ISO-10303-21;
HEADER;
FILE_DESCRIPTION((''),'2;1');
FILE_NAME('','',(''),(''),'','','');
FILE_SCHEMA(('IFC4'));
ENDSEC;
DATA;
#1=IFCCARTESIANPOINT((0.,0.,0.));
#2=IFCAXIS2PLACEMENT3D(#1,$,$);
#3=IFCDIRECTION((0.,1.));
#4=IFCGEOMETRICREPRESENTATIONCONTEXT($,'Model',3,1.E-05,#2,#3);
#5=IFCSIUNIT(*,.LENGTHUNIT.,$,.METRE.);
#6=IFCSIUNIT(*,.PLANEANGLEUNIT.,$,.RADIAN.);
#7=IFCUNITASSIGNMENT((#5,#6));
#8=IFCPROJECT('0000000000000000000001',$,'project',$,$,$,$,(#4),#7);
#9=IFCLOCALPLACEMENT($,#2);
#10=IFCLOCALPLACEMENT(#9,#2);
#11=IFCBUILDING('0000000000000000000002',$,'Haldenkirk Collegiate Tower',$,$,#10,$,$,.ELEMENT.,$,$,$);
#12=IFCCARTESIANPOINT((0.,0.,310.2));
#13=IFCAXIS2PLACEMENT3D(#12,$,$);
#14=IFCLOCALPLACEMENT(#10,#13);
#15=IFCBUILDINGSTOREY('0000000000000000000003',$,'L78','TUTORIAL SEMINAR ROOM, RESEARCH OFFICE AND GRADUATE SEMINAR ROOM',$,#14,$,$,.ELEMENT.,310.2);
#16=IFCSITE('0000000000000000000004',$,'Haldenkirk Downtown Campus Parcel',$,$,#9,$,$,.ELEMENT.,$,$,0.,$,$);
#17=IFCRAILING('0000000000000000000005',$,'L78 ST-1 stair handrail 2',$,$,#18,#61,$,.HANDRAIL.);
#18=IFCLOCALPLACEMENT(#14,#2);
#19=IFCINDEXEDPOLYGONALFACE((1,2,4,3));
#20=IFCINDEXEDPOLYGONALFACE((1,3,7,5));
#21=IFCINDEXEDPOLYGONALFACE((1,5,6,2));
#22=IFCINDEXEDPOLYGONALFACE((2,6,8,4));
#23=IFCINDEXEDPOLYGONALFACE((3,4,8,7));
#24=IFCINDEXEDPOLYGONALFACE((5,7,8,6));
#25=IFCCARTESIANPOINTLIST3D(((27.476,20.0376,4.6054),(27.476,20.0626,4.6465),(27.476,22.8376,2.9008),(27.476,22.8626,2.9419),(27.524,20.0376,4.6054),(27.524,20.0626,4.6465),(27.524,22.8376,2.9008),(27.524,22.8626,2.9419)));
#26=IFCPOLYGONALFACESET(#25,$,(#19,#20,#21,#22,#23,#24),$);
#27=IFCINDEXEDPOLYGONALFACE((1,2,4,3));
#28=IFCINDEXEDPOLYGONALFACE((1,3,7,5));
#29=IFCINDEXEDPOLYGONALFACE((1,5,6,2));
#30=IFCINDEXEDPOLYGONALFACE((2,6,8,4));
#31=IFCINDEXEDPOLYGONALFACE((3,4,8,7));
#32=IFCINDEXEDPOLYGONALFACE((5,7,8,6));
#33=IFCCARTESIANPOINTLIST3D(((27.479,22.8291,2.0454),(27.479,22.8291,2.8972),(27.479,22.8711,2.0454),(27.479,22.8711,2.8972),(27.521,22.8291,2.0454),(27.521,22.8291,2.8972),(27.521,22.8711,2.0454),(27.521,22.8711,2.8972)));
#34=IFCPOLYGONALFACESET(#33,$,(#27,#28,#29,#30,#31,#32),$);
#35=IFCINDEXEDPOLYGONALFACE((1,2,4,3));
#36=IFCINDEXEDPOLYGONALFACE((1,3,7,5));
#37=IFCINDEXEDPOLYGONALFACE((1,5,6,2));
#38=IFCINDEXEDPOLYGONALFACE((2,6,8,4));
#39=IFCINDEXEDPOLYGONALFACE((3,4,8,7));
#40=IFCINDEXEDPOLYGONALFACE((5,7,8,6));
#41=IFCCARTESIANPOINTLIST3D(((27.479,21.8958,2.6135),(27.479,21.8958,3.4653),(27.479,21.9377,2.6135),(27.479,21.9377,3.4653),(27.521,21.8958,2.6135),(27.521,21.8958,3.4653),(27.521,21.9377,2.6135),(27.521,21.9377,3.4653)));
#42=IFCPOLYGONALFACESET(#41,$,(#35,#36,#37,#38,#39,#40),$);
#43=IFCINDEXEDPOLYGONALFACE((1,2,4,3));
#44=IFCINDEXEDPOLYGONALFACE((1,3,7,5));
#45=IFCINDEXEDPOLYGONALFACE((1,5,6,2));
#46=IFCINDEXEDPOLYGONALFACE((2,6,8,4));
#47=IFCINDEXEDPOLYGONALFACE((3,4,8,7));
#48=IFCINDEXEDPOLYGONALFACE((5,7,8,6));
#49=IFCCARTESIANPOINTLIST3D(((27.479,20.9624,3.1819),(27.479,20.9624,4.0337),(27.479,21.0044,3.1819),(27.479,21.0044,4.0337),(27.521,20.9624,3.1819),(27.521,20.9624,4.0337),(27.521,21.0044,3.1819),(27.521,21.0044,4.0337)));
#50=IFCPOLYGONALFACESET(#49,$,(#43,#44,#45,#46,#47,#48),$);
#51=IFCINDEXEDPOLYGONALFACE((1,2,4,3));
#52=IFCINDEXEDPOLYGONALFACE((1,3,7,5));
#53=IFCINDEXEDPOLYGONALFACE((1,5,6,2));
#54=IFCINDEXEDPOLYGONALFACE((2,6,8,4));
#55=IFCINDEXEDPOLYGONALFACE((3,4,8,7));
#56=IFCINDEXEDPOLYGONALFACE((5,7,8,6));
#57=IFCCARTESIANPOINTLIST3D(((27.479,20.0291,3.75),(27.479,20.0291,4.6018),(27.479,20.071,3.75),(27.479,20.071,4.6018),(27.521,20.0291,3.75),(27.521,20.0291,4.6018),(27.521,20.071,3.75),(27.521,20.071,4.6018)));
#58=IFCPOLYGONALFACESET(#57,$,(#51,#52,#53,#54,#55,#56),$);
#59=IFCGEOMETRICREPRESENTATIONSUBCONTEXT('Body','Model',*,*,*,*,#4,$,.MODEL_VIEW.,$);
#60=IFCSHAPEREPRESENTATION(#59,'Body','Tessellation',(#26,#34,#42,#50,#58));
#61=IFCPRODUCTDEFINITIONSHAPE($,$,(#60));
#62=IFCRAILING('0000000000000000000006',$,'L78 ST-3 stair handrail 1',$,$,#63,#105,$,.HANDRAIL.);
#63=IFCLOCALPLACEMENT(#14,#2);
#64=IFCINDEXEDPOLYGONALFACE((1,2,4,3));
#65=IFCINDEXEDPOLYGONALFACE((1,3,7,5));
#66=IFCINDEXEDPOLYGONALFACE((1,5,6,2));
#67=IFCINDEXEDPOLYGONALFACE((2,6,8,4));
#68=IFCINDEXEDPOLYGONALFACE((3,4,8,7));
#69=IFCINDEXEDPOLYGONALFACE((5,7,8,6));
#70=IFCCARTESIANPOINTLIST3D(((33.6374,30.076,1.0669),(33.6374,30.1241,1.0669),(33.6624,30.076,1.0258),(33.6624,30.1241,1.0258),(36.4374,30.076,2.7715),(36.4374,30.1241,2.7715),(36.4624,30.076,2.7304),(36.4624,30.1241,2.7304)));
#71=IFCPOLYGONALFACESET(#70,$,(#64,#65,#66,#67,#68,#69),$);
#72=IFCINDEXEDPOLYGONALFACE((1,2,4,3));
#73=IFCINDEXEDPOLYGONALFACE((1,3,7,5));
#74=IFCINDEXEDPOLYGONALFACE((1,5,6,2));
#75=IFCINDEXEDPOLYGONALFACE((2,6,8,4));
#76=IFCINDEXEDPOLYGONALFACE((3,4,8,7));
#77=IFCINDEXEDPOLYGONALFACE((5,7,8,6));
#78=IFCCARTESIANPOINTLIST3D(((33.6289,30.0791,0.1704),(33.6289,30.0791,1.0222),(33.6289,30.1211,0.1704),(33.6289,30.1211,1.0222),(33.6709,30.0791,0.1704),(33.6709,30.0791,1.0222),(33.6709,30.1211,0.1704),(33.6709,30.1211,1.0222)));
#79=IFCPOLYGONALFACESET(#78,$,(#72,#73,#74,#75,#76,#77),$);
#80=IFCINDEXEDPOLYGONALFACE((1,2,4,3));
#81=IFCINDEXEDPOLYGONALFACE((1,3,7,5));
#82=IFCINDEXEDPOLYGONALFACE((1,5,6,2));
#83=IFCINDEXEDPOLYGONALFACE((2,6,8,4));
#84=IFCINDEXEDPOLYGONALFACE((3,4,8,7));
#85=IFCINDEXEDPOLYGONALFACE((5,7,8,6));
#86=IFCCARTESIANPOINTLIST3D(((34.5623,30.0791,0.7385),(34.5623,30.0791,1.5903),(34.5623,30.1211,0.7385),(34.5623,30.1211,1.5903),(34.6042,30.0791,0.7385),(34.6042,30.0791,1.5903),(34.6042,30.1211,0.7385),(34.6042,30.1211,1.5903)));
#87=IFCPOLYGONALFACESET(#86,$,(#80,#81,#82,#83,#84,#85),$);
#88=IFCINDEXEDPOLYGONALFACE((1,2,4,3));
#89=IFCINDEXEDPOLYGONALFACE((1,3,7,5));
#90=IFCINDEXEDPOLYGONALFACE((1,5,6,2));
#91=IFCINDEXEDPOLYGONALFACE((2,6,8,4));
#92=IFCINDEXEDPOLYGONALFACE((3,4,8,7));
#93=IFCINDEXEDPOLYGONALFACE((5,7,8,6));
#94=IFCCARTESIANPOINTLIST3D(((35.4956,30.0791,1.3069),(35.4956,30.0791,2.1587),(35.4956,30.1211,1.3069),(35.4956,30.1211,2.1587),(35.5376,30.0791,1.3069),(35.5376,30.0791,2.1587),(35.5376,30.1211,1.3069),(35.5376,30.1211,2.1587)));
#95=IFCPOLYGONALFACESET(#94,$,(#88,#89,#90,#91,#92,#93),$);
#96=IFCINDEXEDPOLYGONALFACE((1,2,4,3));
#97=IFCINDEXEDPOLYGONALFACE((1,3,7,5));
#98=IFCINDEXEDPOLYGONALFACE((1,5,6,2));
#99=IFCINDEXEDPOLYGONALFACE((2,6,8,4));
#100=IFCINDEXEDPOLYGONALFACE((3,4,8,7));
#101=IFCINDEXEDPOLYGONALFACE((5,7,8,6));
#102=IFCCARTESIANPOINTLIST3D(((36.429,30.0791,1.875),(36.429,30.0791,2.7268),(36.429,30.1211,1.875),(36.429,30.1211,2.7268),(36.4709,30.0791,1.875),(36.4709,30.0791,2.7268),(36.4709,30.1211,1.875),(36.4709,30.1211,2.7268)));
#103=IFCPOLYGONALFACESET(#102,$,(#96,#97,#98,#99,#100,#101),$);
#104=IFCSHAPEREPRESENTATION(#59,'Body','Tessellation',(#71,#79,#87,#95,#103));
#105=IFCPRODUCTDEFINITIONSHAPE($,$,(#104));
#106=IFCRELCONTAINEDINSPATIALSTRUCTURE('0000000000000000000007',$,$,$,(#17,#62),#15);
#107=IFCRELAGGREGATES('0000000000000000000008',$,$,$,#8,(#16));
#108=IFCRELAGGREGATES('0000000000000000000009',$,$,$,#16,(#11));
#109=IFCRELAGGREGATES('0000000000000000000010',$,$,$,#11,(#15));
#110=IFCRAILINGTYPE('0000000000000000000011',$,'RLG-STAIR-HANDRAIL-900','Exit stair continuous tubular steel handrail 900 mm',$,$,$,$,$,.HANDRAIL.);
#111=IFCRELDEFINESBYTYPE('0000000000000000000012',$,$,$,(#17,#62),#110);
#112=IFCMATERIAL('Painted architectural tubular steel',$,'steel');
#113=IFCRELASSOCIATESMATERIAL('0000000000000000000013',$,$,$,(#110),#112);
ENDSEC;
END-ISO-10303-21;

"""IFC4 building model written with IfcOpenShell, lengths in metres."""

from ifc_helpers import new_model, si_unit, direction, frame, origin, origin_2d, place, context, subcontext, project, spatial, rectangle, extrude, material, type_object, element, save


model = new_model("IFC4")

# Units and contexts
model_context = context("Model", 3, precision=1e-05, world=origin(), true_north=direction((0.0, 1.0)))
body_context = subcontext(model_context, "Body", "Model", "MODEL_VIEW")
ifc_project = project(units=[si_unit("LENGTHUNIT", "METRE"), si_unit("PLANEANGLEUNIT", "RADIAN")], contexts=[model_context])

# Site, building, storey
site_placement = place(None, origin())
site = spatial("IfcSite", under=ifc_project, at=site_placement, Name="Haldenkirk Downtown Campus Parcel", CompositionType="ELEMENT", RefElevation=0.0)
building_placement = place(site_placement, origin())
building = spatial("IfcBuilding", under=site, at=building_placement, Name="Haldenkirk Collegiate Tower", CompositionType="ELEMENT")
storey_placement = place(building_placement, frame((0.0, 0.0, 310.2)))
storey = spatial("IfcBuildingStorey", under=building, at=storey_placement, Name="L78", Description="TUTORIAL SEMINAR ROOM, RESEARCH OFFICE AND GRADUATE SEMINAR ROOM", CompositionType="ELEMENT", Elevation=310.2)

# Railings
ifc_material_1 = material(Name="Painted architectural tubular steel", Category="steel")
railing_type_1 = type_object("IfcRailingType", Name="RLG-STAIR-HANDRAIL-900", Description="Exit stair continuous tubular steel handrail 900 mm", PredefinedType="HANDRAIL", material=ifc_material_1)
railing_1_placement = place(storey_placement, frame((27.5, 22.8501, 2.0454)))
element("IfcRailing", 1, at=railing_1_placement, inside=storey, type_object=railing_type_1, Name="L78 ST-1 stair handrail 2", PredefinedType="HANDRAIL", context=body_context, shape_type="SweptSolid", body=[
    extrude(rectangle(XDim=0.0481, YDim=0.0481, at=origin_2d()), frame((0.0, 0.0, 0.876), z_axis=(0.0, -0.85417, 0.519994), x_axis=(1.0, 0.0, 0.0)), (0.0, 0.0, 1.0), 3.2781),
    extrude(rectangle(XDim=0.042, YDim=0.042, at=origin_2d()), origin(), (0.0, 0.0, 1.0), 0.8518),
    extrude(rectangle(XDim=0.042, YDim=0.042, at=origin_2d()), frame((0.0, -0.9333, 0.5681)), (0.0, 0.0, 1.0), 0.8518),
    extrude(rectangle(XDim=0.042, YDim=0.042, at=origin_2d()), frame((0.0, -1.8667, 1.1365)), (0.0, 0.0, 1.0), 0.8518),
    extrude(rectangle(XDim=0.042, YDim=0.042, at=origin_2d()), frame((0.0, -2.8, 1.7046)), (0.0, 0.0, 1.0), 0.8518),
])
railing_2_placement = place(storey_placement, frame((33.6499, 30.1001, 0.1704)))
element("IfcRailing", 2, at=railing_2_placement, inside=storey, type_object=railing_type_1, Name="L78 ST-3 stair handrail 1", PredefinedType="HANDRAIL", context=body_context, shape_type="SweptSolid", body=[
    extrude(rectangle(XDim=0.0481, YDim=0.0481, at=origin_2d()), frame((0.0, 0.0, 0.876), z_axis=(0.85417, 0.0, 0.519994), x_axis=(0.0, 1.0, 0.0)), (0.0, 0.0, 1.0), 3.2781),
    extrude(rectangle(XDim=0.042, YDim=0.042, at=origin_2d()), origin(), (0.0, 0.0, 1.0), 0.8518),
    extrude(rectangle(XDim=0.042, YDim=0.042, at=origin_2d()), frame((0.9333, 0.0, 0.5681)), (0.0, 0.0, 1.0), 0.8518),
    extrude(rectangle(XDim=0.042, YDim=0.042, at=origin_2d()), frame((1.8667, 0.0, 1.1365)), (0.0, 0.0, 1.0), 0.8518),
    extrude(rectangle(XDim=0.042, YDim=0.042, at=origin_2d()), frame((2.8, 0.0, 1.7046)), (0.0, 0.0, 1.0), 0.8518),
])

save(model, "model.ifc")
